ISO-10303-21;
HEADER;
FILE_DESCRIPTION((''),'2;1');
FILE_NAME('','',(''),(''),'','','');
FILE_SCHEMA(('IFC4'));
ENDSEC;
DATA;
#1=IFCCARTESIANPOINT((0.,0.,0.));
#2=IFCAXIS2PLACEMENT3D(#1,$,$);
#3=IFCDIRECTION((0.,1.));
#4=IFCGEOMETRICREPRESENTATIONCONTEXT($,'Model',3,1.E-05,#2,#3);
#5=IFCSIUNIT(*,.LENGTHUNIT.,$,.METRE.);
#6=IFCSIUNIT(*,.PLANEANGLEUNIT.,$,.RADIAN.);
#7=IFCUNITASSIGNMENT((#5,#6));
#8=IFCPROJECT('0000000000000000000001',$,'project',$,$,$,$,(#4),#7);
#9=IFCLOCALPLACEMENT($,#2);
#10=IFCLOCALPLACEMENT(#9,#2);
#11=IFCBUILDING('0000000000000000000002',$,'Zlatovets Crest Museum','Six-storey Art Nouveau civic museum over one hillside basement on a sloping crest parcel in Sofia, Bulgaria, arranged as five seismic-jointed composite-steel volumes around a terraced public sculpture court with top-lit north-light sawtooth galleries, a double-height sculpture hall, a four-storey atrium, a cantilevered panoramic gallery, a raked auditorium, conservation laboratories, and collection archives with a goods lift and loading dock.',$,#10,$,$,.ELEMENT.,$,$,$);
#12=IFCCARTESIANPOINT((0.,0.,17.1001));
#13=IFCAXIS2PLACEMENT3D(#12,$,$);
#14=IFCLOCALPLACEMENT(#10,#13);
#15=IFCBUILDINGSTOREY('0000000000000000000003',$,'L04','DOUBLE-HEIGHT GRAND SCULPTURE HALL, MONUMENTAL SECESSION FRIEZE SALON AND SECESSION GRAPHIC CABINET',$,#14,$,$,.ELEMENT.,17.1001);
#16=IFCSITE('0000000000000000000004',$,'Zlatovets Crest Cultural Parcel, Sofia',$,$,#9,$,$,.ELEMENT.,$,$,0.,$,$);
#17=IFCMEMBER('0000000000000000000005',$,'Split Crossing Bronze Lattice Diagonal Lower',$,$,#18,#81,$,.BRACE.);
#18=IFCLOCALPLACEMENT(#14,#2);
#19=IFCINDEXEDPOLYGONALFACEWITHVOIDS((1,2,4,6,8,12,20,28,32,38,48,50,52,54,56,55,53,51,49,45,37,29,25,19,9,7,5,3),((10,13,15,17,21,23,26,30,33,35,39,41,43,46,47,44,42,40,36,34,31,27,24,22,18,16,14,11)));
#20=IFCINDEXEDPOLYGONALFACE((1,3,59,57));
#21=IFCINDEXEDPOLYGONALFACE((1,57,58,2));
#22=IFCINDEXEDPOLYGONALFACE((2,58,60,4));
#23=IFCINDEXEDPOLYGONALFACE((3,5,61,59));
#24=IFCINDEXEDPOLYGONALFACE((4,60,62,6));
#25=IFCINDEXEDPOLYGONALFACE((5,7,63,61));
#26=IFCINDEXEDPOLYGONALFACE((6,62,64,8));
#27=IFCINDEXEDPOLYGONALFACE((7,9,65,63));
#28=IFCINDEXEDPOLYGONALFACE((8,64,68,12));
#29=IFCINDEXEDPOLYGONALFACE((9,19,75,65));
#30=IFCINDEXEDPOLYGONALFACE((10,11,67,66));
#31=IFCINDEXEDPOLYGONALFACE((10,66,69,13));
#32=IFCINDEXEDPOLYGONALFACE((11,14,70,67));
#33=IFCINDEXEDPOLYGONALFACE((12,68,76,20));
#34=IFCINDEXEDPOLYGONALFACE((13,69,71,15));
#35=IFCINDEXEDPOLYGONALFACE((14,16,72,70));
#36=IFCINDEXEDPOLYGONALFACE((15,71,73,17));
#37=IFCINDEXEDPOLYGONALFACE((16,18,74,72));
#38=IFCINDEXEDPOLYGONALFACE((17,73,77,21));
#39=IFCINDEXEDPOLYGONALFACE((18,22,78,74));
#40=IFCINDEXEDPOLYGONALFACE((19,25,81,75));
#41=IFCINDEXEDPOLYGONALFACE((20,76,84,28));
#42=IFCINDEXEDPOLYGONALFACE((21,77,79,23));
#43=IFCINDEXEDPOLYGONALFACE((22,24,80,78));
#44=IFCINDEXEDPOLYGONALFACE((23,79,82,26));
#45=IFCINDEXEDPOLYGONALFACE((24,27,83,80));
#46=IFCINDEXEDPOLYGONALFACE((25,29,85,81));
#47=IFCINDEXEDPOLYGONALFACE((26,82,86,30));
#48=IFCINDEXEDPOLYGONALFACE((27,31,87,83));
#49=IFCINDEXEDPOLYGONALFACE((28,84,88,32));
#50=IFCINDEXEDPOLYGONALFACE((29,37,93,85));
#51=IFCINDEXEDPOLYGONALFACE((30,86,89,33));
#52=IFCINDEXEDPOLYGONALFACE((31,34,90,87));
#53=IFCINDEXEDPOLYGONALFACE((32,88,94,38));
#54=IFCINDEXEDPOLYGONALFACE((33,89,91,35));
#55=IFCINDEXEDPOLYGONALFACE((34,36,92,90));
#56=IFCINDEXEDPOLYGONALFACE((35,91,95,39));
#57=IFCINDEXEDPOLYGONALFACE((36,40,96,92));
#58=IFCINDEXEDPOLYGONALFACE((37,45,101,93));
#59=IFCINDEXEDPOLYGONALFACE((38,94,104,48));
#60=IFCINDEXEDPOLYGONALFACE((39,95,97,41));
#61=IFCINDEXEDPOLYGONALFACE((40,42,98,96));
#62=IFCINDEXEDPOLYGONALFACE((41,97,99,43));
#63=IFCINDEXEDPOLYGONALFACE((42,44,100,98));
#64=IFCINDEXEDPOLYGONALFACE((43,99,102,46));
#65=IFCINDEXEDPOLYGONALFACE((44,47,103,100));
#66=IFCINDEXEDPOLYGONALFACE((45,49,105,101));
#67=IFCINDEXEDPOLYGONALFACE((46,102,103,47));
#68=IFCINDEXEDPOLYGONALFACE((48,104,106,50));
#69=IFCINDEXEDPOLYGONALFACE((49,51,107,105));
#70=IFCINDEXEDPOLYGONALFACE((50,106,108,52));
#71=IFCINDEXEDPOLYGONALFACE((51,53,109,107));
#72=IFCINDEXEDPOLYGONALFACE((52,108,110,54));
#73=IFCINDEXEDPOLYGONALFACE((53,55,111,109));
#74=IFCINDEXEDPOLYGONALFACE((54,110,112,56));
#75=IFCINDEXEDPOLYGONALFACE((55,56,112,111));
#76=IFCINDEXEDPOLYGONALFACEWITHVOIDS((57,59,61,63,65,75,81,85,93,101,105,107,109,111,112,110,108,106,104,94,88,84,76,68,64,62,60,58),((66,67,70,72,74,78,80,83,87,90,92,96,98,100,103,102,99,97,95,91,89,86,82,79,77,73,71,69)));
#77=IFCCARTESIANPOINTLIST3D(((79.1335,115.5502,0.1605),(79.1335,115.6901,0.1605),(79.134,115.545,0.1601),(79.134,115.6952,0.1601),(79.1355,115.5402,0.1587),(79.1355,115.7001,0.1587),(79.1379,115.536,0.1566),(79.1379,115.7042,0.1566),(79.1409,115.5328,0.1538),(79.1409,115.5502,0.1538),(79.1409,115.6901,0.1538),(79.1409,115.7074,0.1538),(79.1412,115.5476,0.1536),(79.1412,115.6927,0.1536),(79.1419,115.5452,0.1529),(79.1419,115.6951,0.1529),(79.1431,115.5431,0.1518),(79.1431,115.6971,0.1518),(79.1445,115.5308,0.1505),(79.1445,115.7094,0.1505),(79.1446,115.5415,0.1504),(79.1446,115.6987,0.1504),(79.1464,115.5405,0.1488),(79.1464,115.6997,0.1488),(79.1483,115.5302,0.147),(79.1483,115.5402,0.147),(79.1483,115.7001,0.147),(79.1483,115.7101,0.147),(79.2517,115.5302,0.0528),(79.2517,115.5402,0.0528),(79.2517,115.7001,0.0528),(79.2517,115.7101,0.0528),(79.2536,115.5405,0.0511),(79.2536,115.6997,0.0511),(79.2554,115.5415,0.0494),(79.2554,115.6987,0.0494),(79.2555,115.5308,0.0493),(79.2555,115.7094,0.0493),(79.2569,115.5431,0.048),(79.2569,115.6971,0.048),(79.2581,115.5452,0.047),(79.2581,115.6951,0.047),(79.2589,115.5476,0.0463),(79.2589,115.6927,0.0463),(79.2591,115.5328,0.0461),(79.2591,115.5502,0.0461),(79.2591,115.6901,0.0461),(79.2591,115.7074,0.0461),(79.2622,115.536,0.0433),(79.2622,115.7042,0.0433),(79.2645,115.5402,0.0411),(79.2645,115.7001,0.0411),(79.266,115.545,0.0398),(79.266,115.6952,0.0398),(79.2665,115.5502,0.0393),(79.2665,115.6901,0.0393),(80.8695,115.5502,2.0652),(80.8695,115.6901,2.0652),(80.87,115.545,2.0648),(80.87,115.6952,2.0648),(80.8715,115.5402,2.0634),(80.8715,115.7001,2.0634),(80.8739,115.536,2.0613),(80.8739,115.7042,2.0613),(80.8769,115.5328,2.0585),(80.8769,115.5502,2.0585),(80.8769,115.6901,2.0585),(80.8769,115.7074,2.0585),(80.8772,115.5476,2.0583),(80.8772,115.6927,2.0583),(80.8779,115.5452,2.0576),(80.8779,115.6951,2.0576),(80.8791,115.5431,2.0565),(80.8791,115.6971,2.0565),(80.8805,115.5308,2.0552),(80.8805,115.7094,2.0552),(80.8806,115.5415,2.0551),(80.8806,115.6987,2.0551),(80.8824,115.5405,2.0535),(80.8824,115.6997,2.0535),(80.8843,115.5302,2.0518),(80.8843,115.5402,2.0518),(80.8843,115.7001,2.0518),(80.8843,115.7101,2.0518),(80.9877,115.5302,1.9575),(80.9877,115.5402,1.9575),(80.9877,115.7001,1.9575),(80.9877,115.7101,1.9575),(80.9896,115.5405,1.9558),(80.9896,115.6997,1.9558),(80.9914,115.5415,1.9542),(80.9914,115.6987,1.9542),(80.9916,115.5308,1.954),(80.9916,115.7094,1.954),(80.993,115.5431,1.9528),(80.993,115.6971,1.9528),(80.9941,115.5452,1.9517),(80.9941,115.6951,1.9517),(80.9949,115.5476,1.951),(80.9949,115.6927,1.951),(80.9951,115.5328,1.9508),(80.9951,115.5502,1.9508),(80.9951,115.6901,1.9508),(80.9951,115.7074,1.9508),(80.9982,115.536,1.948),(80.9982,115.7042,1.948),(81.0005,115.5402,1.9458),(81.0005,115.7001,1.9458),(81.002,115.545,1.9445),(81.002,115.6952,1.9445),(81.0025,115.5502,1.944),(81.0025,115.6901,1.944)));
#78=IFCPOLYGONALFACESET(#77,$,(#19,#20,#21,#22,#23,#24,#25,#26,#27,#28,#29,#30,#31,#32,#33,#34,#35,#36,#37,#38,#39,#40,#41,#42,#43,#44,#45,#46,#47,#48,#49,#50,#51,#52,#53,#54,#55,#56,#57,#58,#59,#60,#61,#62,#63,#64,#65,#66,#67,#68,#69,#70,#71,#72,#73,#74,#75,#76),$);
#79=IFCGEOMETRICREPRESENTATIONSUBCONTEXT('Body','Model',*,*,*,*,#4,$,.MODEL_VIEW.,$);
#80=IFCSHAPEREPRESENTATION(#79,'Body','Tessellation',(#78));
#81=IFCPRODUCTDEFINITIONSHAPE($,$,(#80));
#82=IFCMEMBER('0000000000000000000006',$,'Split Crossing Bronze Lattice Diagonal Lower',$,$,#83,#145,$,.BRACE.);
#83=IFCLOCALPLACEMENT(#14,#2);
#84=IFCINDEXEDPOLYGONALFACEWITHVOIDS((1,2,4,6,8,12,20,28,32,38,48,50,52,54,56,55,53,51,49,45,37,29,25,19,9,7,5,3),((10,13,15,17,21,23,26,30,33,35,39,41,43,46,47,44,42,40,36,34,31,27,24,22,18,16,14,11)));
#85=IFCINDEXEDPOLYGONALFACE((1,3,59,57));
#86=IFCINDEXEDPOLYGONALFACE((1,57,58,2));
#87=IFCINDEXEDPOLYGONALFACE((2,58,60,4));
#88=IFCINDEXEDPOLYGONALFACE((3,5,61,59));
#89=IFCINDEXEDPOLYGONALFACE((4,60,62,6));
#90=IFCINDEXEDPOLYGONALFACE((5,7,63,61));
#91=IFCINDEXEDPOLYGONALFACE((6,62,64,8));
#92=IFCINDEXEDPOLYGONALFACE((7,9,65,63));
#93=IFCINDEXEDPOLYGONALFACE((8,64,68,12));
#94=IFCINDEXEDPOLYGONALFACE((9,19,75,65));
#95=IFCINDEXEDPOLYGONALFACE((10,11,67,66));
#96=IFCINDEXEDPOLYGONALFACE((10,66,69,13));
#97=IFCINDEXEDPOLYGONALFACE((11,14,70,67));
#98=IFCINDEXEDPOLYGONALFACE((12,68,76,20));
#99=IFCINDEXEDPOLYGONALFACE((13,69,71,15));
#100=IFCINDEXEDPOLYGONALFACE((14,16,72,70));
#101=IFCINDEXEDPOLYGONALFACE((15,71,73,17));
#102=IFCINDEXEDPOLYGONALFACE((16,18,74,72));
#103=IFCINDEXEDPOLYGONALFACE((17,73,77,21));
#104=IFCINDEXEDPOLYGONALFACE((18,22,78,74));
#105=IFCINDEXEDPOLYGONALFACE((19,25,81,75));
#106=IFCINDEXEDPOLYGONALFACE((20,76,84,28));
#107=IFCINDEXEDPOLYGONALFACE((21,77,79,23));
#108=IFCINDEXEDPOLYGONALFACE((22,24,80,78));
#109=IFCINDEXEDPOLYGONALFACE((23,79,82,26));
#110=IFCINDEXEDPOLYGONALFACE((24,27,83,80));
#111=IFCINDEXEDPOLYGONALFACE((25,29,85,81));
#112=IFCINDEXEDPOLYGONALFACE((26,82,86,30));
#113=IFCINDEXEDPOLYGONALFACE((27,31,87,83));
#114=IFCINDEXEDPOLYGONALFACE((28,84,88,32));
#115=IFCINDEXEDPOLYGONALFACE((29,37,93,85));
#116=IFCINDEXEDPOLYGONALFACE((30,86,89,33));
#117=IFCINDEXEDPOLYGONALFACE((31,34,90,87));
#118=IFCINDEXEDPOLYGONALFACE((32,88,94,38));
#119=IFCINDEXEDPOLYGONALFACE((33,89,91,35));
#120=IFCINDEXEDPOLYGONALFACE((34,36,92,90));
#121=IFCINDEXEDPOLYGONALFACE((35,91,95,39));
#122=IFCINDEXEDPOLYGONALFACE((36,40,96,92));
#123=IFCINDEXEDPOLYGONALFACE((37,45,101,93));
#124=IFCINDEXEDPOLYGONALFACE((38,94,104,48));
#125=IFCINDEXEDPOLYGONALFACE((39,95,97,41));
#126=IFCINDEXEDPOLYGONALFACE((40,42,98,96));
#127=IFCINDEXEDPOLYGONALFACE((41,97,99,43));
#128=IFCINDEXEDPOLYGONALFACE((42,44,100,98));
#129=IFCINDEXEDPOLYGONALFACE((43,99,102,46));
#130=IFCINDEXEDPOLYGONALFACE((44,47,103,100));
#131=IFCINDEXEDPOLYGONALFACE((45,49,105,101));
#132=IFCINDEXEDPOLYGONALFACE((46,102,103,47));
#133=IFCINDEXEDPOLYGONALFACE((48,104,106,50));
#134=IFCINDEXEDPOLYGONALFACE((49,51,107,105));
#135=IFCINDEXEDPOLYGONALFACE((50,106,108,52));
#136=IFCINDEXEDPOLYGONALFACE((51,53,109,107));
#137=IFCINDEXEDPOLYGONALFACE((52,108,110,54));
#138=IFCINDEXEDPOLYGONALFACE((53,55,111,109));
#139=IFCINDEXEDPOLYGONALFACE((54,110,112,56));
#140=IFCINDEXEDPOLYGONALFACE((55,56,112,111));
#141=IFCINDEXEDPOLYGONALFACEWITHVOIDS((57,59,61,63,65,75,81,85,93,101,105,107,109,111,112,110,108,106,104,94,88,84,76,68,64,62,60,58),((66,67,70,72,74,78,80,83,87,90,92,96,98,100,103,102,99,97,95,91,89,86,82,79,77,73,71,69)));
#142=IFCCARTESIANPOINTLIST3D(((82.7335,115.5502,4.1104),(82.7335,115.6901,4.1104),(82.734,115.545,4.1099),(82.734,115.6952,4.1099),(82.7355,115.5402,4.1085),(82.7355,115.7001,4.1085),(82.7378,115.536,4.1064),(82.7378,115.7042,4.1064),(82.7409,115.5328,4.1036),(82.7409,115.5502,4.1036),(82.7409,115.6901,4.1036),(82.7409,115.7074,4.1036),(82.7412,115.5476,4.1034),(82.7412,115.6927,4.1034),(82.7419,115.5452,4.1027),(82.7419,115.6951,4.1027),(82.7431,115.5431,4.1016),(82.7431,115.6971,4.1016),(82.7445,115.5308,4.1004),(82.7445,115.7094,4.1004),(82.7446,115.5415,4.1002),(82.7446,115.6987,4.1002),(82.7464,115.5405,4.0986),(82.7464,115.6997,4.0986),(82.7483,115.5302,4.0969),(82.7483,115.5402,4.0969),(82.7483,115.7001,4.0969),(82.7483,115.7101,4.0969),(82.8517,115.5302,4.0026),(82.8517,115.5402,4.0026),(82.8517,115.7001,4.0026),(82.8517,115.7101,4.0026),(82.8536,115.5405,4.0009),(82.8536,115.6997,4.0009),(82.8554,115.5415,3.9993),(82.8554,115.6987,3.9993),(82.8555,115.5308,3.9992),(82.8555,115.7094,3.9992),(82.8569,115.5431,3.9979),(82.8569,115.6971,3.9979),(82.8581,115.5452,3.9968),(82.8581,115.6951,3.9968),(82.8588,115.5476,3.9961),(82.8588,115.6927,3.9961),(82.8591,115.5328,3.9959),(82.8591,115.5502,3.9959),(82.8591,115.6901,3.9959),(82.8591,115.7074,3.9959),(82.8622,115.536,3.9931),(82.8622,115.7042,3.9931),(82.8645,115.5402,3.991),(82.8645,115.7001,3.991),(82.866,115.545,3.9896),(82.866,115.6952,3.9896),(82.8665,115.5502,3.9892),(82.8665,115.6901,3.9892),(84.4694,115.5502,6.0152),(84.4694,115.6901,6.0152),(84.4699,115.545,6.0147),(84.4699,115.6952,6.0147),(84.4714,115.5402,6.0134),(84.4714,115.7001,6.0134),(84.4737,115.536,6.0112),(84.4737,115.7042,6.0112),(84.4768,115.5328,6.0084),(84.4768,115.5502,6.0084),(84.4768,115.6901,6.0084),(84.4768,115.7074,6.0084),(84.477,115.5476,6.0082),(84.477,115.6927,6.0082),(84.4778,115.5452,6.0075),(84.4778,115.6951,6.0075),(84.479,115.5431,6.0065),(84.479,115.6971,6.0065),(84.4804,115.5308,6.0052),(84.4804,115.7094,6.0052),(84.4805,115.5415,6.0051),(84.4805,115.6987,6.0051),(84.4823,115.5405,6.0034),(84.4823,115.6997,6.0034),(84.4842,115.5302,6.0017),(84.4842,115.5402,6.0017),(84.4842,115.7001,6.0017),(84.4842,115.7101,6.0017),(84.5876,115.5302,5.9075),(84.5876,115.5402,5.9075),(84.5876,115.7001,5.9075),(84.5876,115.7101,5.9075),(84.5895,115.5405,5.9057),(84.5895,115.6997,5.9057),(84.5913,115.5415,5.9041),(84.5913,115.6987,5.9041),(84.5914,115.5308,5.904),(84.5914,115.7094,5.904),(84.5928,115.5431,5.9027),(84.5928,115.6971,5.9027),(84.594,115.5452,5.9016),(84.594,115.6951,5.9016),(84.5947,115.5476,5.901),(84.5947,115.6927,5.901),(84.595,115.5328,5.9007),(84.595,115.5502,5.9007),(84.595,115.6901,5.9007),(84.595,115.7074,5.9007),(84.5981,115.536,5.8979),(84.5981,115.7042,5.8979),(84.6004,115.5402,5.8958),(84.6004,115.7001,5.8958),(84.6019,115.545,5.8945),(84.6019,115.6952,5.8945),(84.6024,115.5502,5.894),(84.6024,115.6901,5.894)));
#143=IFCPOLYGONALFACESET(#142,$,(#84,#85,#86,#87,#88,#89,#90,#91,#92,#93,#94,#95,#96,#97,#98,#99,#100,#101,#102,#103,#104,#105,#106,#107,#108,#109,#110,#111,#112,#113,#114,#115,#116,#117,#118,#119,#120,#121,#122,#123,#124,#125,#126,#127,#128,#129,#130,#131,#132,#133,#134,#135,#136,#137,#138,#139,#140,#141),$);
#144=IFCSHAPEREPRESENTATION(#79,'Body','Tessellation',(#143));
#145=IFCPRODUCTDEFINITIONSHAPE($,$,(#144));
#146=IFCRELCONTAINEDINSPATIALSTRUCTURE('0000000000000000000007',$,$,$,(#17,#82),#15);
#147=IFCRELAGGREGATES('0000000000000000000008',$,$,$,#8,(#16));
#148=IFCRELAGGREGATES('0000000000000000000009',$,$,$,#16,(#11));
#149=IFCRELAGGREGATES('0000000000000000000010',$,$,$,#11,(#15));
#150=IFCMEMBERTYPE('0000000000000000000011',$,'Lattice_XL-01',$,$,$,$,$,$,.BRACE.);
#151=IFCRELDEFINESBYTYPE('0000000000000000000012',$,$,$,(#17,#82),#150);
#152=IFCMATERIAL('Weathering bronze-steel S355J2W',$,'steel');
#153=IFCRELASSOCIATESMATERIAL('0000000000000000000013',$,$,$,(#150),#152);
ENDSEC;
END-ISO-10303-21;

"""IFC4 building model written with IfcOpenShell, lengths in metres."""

from ifc_helpers import new_model, si_unit, direction, frame, origin, origin_2d, place, context, subcontext, project, spatial, hollow_rectangle, extrude, material, material_profile, profile_set, type_object, element, save


model = new_model("IFC4")

# Units and contexts
model_context = context("Model", 3, precision=1e-05, world=origin(), true_north=direction((0.0, 1.0)))
body_context = subcontext(model_context, "Body", "Model", "MODEL_VIEW")
ifc_project = project(units=[si_unit("LENGTHUNIT", "METRE"), si_unit("PLANEANGLEUNIT", "RADIAN")], contexts=[model_context])

# Site, building, storey
site_placement = place(None, origin())
site = spatial("IfcSite", under=ifc_project, at=site_placement, Name="Zlatovets Crest Cultural Parcel, Sofia", CompositionType="ELEMENT", RefElevation=0.0)
building_placement = place(site_placement, origin())
building = spatial("IfcBuilding", under=site, at=building_placement, Name="Zlatovets Crest Museum", Description="Six-storey Art Nouveau civic museum over one hillside basement on a sloping crest parcel in Sofia, Bulgaria, arranged as five seismic-jointed composite-steel volumes around a terraced public sculpture court with top-lit north-light sawtooth galleries, a double-height sculpture hall, a four-storey atrium, a cantilevered panoramic gallery, a raked auditorium, conservation laboratories, and collection archives with a goods lift and loading dock.", CompositionType="ELEMENT")
storey_placement = place(building_placement, frame((0.0, 0.0, 17.1001)))
storey = spatial("IfcBuildingStorey", under=building, at=storey_placement, Name="L04", Description="DOUBLE-HEIGHT GRAND SCULPTURE HALL, MONUMENTAL SECESSION FRIEZE SALON AND SECESSION GRAPHIC CABINET", CompositionType="ELEMENT", Elevation=17.1001)

# Members
ifc_material_1 = material(Name="Weathering bronze-steel S355J2W", Category="steel")
ifc_material_profile_1 = material_profile(ifc_material_1, hollow_rectangle(XDim=0.1799, YDim=0.1799, WallThickness=0.01, InnerFilletRadius=0.01, OuterFilletRadius=0.02, at=origin_2d()), Name="SHS 180x180x10.0")
ifc_profile_set_1 = profile_set([ifc_material_profile_1], Name="Weathering bronze-steel S355J2W")
member_type_1 = type_object("IfcMemberType", Name="Lattice_XL-01", PredefinedType="BRACE", material=ifc_profile_set_1)
for number, where, z_axis, x_axis, name in (
    (1, (80.936, 115.6201, 2.0046), (-0.67362, 0.0, -0.739078), (0.0, -1.0, 0.0), "Split Crossing Bronze Lattice Diagonal Lower"),
    (2, (84.5359, 115.6201, 5.9546), (-0.673568, 0.0, -0.739125), (0.0, -1.0, 0.0), "Split Crossing Bronze Lattice Diagonal Lower"),
):
    element("IfcMember", number, at=place(storey_placement, frame(where, z_axis=z_axis, x_axis=x_axis)), inside=storey, type_object=member_type_1, Name=name, PredefinedType="BRACE", context=body_context, shape_type="SweptSolid", body=[
        extrude(hollow_rectangle(XDim=0.1799, YDim=0.1799, WallThickness=0.01, InnerFilletRadius=0.01, OuterFilletRadius=0.02, at=origin_2d()), origin(), (0.0, 0.0, 1.0), 2.5771),
    ])

save(model, "model.ifc")
